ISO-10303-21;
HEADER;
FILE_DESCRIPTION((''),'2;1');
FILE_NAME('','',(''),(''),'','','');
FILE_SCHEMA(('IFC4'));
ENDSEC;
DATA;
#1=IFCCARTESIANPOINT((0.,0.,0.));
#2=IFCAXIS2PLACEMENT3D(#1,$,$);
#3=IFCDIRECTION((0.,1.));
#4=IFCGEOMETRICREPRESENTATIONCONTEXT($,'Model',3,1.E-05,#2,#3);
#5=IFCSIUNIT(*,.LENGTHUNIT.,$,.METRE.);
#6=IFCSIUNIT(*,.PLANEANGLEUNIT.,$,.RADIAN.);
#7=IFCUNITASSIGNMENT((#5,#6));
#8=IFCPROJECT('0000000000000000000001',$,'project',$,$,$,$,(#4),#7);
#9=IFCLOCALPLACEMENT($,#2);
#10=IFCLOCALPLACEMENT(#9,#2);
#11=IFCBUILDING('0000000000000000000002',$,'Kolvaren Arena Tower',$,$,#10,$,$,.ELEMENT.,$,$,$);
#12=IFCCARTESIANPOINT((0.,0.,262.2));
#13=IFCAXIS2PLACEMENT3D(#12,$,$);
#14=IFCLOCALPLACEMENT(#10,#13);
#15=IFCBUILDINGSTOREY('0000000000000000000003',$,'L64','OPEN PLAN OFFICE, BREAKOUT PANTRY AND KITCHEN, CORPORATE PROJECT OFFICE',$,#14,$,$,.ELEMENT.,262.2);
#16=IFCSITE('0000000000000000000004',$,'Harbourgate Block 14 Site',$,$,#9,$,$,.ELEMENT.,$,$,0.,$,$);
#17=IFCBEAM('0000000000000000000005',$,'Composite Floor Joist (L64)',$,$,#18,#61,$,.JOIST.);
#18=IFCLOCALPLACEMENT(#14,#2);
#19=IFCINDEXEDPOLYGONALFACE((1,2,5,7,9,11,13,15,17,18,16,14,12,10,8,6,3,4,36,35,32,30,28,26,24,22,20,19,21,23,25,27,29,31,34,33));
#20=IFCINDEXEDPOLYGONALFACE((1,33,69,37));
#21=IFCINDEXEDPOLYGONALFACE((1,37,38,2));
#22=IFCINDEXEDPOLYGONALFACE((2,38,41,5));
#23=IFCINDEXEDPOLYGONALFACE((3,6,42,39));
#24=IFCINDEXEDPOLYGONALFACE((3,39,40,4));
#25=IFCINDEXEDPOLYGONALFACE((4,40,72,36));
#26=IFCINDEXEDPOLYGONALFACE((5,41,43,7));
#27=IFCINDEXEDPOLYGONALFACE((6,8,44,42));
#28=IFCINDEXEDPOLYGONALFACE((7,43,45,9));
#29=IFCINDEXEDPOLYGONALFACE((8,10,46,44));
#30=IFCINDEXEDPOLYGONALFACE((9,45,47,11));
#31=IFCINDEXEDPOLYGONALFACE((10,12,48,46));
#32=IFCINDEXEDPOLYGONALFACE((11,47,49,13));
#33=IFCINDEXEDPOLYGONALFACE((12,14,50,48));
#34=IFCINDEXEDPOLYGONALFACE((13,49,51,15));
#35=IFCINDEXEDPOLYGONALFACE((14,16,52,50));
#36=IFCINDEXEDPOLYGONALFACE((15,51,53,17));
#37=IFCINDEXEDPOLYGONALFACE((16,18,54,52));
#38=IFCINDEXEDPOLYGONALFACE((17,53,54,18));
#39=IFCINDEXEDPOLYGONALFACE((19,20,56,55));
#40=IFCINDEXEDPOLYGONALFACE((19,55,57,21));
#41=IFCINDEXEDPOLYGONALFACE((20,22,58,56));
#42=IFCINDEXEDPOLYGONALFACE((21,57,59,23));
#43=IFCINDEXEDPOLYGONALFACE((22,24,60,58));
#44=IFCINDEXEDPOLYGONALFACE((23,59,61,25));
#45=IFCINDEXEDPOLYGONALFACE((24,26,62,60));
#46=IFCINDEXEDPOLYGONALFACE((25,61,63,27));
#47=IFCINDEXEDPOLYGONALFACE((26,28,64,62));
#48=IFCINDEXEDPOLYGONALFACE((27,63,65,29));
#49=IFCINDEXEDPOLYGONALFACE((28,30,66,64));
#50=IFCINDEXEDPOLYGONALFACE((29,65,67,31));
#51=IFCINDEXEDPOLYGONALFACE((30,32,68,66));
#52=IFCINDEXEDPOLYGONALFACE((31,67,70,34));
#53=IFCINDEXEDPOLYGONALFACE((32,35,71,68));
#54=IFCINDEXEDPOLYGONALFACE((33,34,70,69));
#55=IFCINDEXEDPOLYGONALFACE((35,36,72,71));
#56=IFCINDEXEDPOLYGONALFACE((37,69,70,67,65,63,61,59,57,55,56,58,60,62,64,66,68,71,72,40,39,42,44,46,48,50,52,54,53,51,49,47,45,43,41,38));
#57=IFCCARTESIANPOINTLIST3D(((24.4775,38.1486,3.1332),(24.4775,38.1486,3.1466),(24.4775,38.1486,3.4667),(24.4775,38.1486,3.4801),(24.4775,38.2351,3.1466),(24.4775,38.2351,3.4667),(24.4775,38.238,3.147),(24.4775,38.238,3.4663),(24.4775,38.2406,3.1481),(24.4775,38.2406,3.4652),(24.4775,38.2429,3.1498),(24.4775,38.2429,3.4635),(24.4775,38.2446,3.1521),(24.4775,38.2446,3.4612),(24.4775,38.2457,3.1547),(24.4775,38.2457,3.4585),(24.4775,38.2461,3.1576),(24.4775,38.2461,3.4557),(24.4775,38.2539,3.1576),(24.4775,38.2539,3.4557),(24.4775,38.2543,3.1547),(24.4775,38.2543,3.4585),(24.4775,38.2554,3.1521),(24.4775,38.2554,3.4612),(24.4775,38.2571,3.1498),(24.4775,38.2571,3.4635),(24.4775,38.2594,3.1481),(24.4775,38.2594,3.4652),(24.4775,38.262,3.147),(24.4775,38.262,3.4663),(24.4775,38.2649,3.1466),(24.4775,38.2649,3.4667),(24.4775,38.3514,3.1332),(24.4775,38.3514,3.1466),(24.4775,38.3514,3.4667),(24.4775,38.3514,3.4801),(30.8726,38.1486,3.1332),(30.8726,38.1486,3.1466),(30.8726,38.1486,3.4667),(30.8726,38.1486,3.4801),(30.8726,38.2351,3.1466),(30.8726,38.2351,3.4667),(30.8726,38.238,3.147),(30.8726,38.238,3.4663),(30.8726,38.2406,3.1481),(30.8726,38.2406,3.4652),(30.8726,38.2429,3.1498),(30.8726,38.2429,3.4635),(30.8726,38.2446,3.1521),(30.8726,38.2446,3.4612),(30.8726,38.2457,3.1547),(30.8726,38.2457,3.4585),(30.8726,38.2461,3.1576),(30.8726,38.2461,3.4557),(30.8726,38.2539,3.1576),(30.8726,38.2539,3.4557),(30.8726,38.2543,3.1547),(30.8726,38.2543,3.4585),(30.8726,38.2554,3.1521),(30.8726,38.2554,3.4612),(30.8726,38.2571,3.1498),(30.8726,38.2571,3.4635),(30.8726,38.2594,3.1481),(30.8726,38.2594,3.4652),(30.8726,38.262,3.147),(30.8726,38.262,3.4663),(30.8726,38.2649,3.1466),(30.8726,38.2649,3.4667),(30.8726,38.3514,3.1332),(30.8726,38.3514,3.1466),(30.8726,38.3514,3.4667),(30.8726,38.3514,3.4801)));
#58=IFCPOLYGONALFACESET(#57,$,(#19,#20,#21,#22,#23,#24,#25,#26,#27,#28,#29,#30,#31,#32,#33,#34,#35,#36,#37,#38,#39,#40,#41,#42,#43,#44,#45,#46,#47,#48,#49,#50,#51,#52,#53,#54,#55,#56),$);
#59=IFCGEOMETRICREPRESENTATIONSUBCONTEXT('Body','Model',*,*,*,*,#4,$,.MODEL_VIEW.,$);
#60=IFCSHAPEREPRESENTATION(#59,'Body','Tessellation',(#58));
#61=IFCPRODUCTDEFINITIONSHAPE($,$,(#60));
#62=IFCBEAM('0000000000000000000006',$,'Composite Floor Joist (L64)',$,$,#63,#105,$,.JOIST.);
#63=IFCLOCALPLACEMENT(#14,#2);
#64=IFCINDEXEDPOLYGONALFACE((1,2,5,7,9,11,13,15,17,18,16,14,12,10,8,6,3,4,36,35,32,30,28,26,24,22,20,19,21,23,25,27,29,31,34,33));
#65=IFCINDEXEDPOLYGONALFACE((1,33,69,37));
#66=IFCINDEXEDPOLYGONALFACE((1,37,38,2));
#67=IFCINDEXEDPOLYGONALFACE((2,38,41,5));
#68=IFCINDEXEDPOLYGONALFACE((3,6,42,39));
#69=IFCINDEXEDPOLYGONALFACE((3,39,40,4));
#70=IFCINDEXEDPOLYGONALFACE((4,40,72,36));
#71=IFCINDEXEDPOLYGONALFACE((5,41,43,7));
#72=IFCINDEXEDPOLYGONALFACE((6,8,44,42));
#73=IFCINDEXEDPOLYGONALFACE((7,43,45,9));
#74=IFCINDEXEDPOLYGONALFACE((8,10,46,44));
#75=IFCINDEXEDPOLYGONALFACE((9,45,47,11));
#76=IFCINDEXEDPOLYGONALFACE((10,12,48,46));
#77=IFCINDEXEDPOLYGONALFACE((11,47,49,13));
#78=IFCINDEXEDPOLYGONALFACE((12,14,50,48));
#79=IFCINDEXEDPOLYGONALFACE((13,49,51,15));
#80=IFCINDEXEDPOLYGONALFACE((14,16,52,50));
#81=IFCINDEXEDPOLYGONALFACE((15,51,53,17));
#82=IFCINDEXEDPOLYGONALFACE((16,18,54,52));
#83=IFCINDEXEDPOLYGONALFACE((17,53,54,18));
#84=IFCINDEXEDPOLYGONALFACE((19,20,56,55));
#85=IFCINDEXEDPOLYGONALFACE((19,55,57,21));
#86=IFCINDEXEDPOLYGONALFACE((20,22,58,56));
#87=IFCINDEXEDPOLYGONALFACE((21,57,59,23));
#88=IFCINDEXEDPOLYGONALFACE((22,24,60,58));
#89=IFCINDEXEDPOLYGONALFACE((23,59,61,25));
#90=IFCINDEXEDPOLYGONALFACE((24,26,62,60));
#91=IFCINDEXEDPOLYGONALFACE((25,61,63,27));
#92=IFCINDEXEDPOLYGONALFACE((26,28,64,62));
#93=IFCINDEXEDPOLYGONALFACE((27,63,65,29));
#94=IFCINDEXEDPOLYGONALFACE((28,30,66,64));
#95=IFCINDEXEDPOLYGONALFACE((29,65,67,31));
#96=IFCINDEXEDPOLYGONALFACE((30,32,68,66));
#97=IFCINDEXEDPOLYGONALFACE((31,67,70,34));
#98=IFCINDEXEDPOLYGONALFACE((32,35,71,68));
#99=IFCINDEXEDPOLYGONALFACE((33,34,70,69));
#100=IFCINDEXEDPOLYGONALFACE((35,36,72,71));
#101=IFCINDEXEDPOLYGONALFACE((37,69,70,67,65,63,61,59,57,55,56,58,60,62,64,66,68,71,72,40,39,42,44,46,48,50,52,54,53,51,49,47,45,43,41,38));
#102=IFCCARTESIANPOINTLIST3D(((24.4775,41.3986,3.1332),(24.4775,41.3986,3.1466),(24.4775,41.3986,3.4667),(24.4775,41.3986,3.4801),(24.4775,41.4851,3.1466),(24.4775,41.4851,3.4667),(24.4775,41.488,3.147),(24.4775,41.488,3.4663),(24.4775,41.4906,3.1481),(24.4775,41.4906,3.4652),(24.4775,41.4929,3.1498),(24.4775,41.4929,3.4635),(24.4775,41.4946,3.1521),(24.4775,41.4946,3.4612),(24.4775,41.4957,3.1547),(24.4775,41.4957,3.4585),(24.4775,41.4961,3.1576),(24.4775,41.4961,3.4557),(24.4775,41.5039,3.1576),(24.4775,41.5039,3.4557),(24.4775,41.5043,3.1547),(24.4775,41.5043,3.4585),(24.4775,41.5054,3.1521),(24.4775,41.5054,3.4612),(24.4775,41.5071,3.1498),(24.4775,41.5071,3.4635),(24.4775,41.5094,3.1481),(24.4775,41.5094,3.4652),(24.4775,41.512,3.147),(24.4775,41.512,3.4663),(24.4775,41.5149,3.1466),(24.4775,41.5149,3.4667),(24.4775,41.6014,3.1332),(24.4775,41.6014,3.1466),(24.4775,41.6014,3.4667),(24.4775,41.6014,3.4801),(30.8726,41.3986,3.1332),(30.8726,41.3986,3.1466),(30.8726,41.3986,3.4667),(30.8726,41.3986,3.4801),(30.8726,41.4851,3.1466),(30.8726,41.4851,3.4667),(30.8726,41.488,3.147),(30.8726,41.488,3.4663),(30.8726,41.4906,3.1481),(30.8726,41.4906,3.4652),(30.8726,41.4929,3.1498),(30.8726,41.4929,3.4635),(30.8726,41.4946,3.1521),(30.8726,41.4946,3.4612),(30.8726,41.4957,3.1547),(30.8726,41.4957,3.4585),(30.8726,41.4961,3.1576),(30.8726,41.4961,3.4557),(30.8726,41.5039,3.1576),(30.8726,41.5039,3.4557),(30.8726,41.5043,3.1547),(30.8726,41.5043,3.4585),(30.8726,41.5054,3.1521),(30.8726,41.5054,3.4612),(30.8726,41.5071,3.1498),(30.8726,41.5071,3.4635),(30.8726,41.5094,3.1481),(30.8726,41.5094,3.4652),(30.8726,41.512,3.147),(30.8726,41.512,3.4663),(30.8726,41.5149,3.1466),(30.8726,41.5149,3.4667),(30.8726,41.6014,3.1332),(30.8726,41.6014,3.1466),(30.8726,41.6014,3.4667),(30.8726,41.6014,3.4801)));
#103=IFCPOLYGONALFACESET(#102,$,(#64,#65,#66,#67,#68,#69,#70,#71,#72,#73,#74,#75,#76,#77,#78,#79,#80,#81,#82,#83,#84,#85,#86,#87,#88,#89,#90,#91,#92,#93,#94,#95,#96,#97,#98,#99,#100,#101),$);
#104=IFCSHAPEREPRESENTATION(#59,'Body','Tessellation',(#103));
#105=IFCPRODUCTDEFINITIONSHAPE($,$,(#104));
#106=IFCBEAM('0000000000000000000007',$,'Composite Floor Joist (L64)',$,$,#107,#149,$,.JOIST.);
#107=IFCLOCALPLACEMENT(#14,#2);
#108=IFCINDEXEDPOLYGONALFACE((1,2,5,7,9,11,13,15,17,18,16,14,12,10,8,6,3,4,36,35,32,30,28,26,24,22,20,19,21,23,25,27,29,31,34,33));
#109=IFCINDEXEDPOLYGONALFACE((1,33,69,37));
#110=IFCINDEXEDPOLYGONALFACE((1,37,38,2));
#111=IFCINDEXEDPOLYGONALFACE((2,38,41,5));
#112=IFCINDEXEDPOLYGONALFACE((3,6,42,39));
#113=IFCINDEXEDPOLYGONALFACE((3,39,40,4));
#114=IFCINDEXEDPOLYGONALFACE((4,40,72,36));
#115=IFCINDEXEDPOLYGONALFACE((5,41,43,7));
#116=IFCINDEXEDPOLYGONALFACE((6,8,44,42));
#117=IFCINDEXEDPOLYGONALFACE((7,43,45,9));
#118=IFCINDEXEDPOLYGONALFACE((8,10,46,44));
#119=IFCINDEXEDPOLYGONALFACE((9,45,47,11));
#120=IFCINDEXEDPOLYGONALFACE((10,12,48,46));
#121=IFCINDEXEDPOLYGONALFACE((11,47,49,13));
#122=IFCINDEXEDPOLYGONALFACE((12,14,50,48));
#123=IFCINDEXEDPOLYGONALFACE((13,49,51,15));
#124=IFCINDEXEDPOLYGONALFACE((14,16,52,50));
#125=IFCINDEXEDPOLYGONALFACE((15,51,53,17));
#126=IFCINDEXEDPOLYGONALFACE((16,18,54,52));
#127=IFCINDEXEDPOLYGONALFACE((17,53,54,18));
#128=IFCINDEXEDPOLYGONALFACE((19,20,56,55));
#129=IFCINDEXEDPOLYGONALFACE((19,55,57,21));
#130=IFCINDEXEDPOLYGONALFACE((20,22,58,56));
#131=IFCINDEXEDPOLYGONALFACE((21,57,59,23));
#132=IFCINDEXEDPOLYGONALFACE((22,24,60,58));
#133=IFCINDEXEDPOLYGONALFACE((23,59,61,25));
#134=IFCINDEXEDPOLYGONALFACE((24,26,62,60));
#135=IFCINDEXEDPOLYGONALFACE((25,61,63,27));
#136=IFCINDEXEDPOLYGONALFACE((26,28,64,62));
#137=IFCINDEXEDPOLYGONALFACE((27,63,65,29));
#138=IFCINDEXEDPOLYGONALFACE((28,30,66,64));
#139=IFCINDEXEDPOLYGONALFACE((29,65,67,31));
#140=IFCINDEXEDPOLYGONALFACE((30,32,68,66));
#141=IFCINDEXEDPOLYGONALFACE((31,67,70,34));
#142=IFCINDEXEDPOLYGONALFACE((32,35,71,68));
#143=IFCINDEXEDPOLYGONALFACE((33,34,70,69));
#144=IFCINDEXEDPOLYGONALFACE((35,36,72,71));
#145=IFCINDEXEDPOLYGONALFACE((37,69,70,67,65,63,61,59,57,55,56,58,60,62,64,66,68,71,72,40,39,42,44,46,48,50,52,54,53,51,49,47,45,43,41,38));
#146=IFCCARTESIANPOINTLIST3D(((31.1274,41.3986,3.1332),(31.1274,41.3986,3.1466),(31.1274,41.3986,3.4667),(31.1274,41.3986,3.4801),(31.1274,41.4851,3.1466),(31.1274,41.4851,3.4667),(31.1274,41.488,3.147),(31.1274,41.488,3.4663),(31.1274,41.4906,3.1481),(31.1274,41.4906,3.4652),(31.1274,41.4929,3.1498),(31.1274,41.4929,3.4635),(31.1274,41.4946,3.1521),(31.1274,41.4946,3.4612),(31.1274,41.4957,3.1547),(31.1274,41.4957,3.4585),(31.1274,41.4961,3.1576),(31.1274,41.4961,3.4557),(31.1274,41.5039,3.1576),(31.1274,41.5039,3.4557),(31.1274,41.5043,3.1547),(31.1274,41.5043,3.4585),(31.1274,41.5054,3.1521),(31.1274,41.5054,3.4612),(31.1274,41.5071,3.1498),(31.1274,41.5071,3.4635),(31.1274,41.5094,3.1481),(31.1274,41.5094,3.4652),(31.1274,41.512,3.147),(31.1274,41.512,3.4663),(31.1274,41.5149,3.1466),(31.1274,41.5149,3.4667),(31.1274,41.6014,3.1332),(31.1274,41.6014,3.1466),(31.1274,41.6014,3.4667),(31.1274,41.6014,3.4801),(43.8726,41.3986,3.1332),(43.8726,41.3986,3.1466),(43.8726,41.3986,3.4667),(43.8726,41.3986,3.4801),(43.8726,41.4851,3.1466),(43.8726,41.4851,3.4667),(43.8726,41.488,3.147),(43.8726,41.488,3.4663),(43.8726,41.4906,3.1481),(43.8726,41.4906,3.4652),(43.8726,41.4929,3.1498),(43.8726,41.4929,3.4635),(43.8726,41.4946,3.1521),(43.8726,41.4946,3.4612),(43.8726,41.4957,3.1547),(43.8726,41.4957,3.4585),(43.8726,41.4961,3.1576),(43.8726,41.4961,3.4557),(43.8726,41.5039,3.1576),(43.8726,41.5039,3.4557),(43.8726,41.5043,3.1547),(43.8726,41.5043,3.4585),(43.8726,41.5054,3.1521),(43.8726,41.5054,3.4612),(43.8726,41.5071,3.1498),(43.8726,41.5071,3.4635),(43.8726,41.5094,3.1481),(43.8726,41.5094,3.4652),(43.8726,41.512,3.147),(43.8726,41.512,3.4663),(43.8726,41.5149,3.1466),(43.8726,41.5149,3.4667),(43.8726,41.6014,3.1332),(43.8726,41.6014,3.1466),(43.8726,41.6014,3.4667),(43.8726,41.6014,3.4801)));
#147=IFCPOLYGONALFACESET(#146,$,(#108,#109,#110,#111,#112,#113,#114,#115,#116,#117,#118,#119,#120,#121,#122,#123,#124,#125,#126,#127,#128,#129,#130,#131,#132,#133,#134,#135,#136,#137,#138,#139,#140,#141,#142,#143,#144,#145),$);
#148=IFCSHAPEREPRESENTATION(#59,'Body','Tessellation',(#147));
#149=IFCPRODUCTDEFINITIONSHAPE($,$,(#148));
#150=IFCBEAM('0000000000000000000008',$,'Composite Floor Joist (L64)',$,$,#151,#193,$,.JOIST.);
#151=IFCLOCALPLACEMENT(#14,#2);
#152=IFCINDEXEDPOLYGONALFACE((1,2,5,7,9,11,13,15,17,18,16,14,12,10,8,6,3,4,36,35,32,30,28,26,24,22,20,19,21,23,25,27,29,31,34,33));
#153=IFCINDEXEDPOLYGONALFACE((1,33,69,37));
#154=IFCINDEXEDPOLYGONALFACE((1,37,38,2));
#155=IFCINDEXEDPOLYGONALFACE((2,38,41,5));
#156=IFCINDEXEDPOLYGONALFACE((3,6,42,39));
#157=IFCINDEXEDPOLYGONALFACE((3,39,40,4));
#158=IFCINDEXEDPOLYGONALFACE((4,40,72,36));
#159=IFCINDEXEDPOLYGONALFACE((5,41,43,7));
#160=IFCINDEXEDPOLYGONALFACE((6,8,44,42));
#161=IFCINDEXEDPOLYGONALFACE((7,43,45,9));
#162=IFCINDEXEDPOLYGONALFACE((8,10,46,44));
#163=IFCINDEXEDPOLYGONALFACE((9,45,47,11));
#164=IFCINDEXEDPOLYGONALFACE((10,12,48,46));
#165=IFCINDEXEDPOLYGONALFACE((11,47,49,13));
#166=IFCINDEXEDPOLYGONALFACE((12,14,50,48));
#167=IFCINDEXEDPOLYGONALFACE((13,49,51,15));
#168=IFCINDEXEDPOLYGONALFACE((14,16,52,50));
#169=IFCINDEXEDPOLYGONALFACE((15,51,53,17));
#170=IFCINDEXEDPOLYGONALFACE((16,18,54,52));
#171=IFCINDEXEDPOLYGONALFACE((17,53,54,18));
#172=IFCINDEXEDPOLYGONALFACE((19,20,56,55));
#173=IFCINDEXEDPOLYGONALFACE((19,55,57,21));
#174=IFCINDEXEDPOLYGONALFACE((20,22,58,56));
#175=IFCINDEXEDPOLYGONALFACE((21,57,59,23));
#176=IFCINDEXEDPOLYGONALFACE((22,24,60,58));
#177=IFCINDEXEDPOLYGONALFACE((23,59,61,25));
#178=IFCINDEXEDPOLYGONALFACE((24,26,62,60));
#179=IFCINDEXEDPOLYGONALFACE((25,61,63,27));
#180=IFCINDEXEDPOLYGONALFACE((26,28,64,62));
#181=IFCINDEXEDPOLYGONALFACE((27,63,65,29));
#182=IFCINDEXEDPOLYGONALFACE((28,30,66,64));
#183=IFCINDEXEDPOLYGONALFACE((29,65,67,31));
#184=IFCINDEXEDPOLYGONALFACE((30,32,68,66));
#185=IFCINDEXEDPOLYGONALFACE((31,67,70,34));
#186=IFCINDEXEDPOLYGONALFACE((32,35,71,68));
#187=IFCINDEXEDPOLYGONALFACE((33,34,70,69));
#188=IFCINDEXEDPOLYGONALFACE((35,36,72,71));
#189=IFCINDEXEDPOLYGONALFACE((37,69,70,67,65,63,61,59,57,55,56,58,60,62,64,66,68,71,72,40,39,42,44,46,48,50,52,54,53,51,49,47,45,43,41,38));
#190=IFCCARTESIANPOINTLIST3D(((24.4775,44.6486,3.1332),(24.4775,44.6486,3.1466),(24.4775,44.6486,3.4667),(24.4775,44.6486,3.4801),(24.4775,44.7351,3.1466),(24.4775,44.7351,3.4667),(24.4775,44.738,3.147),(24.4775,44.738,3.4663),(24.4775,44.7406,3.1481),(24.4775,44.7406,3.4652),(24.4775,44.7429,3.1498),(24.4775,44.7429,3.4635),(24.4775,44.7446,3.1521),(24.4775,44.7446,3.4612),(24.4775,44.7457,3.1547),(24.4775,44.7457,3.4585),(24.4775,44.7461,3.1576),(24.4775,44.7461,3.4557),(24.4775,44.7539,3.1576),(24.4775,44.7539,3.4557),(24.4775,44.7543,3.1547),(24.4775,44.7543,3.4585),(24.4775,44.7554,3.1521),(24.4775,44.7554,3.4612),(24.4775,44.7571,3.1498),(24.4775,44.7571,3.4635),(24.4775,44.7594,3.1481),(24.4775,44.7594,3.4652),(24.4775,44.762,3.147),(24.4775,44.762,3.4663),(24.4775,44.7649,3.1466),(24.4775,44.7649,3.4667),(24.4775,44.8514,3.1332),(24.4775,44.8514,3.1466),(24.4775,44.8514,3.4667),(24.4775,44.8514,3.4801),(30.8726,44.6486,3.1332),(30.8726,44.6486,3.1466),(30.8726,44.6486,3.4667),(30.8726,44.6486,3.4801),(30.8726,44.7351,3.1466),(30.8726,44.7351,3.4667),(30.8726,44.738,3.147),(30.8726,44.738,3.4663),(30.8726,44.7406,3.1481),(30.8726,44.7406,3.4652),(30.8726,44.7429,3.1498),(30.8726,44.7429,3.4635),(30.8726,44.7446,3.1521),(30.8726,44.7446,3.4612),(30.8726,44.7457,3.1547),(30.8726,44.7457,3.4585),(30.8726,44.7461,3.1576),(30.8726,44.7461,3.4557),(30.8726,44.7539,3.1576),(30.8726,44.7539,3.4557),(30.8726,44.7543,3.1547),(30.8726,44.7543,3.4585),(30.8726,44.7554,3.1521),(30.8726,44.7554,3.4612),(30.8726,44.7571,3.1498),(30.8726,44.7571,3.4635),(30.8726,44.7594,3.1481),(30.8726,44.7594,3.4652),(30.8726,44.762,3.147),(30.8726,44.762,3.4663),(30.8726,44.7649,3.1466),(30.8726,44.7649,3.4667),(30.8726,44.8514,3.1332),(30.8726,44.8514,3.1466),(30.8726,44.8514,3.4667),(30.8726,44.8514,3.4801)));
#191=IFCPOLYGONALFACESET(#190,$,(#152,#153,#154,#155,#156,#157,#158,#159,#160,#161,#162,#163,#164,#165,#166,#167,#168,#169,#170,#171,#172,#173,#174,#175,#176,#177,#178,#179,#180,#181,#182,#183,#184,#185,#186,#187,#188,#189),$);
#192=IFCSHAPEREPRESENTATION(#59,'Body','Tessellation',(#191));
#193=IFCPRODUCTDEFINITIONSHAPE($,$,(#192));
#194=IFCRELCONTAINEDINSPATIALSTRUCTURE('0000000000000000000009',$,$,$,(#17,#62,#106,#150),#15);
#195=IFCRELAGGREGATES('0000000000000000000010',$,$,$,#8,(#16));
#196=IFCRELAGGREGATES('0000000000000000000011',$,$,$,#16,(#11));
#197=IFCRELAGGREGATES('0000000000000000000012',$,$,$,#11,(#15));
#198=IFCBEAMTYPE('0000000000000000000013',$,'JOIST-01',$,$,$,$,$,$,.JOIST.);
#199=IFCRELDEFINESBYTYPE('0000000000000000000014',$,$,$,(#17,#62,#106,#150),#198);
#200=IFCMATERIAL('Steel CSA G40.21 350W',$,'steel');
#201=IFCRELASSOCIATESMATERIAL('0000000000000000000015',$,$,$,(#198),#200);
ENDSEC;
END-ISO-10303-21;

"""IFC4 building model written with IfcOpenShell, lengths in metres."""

from ifc_helpers import new_model, si_unit, direction, frame, origin, origin_2d, place, context, subcontext, project, spatial, i_section, extrude, material, material_profile, profile_set, type_object, element, save


model = new_model("IFC4")

# Units and contexts
model_context = context("Model", 3, precision=1e-05, world=origin(), true_north=direction((0.0, 1.0)))
body_context = subcontext(model_context, "Body", "Model", "MODEL_VIEW")
ifc_project = project(units=[si_unit("LENGTHUNIT", "METRE"), si_unit("PLANEANGLEUNIT", "RADIAN")], contexts=[model_context])

# Site, building, storey
site_placement = place(None, origin())
site = spatial("IfcSite", under=ifc_project, at=site_placement, Name="Harbourgate Block 14 Site", CompositionType="ELEMENT", RefElevation=0.0)
building_placement = place(site_placement, origin())
building = spatial("IfcBuilding", under=site, at=building_placement, Name="Kolvaren Arena Tower", CompositionType="ELEMENT")
storey_placement = place(building_placement, frame((0.0, 0.0, 262.2)))
storey = spatial("IfcBuildingStorey", under=building, at=storey_placement, Name="L64", Description="OPEN PLAN OFFICE, BREAKOUT PANTRY AND KITCHEN, CORPORATE PROJECT OFFICE", CompositionType="ELEMENT", Elevation=262.2)

# Beams
ifc_material_1 = material(Name="Steel CSA G40.21 350W", Category="steel")
ifc_material_profile_1 = material_profile(ifc_material_1, i_section(OverallWidth=0.2029, OverallDepth=0.3469, WebThickness=0.0078, FlangeThickness=0.0134, FilletRadius=0.011, at=origin_2d()), Name="W360x64")
ifc_profile_set_1 = profile_set([ifc_material_profile_1], Name="Steel CSA G40.21 350W")
beam_type_1 = type_object("IfcBeamType", Name="JOIST-01", PredefinedType="JOIST", material=ifc_profile_set_1)
for number, where, z_axis, x_axis, name in (
    (1, (24.4775, 38.25, 3.3066), (1.0, 0.0, 0.0), (0.0, 1.0, 0.0), "Composite Floor Joist (L64)"),
    (2, (24.4775, 41.5, 3.3066), (1.0, 0.0, 0.0), (0.0, 1.0, 0.0), "Composite Floor Joist (L64)"),
):
    element("IfcBeam", number, at=place(storey_placement, frame(where, z_axis=z_axis, x_axis=x_axis)), inside=storey, type_object=beam_type_1, Name=name, PredefinedType="JOIST", context=body_context, shape_type="SweptSolid", body=[
        extrude(i_section(OverallWidth=0.2029, OverallDepth=0.3469, WebThickness=0.0078, FlangeThickness=0.0134, FilletRadius=0.011, at=origin_2d()), origin(), (0.0, 0.0, 1.0), 6.395),
    ])
beam_1_placement = place(storey_placement, frame((31.1274, 41.5, 3.3066), z_axis=(1.0, 0.0, 0.0), x_axis=(0.0, 1.0, 0.0)))
element("IfcBeam", 3, at=beam_1_placement, inside=storey, type_object=beam_type_1, Name="Composite Floor Joist (L64)", PredefinedType="JOIST", context=body_context, shape_type="SweptSolid", body=[
    extrude(i_section(OverallWidth=0.2029, OverallDepth=0.3469, WebThickness=0.0078, FlangeThickness=0.0134, FilletRadius=0.011, at=origin_2d()), origin(), (0.0, 0.0, 1.0), 12.7451),
])
beam_2_placement = place(storey_placement, frame((24.4775, 44.75, 3.3066), z_axis=(1.0, 0.0, 0.0), x_axis=(0.0, 1.0, 0.0)))
element("IfcBeam", 4, at=beam_2_placement, inside=storey, type_object=beam_type_1, Name="Composite Floor Joist (L64)", PredefinedType="JOIST", context=body_context, shape_type="SweptSolid", body=[
    extrude(i_section(OverallWidth=0.2029, OverallDepth=0.3469, WebThickness=0.0078, FlangeThickness=0.0134, FilletRadius=0.011, at=origin_2d()), origin(), (0.0, 0.0, 1.0), 6.395),
])

save(model, "model.ifc")
